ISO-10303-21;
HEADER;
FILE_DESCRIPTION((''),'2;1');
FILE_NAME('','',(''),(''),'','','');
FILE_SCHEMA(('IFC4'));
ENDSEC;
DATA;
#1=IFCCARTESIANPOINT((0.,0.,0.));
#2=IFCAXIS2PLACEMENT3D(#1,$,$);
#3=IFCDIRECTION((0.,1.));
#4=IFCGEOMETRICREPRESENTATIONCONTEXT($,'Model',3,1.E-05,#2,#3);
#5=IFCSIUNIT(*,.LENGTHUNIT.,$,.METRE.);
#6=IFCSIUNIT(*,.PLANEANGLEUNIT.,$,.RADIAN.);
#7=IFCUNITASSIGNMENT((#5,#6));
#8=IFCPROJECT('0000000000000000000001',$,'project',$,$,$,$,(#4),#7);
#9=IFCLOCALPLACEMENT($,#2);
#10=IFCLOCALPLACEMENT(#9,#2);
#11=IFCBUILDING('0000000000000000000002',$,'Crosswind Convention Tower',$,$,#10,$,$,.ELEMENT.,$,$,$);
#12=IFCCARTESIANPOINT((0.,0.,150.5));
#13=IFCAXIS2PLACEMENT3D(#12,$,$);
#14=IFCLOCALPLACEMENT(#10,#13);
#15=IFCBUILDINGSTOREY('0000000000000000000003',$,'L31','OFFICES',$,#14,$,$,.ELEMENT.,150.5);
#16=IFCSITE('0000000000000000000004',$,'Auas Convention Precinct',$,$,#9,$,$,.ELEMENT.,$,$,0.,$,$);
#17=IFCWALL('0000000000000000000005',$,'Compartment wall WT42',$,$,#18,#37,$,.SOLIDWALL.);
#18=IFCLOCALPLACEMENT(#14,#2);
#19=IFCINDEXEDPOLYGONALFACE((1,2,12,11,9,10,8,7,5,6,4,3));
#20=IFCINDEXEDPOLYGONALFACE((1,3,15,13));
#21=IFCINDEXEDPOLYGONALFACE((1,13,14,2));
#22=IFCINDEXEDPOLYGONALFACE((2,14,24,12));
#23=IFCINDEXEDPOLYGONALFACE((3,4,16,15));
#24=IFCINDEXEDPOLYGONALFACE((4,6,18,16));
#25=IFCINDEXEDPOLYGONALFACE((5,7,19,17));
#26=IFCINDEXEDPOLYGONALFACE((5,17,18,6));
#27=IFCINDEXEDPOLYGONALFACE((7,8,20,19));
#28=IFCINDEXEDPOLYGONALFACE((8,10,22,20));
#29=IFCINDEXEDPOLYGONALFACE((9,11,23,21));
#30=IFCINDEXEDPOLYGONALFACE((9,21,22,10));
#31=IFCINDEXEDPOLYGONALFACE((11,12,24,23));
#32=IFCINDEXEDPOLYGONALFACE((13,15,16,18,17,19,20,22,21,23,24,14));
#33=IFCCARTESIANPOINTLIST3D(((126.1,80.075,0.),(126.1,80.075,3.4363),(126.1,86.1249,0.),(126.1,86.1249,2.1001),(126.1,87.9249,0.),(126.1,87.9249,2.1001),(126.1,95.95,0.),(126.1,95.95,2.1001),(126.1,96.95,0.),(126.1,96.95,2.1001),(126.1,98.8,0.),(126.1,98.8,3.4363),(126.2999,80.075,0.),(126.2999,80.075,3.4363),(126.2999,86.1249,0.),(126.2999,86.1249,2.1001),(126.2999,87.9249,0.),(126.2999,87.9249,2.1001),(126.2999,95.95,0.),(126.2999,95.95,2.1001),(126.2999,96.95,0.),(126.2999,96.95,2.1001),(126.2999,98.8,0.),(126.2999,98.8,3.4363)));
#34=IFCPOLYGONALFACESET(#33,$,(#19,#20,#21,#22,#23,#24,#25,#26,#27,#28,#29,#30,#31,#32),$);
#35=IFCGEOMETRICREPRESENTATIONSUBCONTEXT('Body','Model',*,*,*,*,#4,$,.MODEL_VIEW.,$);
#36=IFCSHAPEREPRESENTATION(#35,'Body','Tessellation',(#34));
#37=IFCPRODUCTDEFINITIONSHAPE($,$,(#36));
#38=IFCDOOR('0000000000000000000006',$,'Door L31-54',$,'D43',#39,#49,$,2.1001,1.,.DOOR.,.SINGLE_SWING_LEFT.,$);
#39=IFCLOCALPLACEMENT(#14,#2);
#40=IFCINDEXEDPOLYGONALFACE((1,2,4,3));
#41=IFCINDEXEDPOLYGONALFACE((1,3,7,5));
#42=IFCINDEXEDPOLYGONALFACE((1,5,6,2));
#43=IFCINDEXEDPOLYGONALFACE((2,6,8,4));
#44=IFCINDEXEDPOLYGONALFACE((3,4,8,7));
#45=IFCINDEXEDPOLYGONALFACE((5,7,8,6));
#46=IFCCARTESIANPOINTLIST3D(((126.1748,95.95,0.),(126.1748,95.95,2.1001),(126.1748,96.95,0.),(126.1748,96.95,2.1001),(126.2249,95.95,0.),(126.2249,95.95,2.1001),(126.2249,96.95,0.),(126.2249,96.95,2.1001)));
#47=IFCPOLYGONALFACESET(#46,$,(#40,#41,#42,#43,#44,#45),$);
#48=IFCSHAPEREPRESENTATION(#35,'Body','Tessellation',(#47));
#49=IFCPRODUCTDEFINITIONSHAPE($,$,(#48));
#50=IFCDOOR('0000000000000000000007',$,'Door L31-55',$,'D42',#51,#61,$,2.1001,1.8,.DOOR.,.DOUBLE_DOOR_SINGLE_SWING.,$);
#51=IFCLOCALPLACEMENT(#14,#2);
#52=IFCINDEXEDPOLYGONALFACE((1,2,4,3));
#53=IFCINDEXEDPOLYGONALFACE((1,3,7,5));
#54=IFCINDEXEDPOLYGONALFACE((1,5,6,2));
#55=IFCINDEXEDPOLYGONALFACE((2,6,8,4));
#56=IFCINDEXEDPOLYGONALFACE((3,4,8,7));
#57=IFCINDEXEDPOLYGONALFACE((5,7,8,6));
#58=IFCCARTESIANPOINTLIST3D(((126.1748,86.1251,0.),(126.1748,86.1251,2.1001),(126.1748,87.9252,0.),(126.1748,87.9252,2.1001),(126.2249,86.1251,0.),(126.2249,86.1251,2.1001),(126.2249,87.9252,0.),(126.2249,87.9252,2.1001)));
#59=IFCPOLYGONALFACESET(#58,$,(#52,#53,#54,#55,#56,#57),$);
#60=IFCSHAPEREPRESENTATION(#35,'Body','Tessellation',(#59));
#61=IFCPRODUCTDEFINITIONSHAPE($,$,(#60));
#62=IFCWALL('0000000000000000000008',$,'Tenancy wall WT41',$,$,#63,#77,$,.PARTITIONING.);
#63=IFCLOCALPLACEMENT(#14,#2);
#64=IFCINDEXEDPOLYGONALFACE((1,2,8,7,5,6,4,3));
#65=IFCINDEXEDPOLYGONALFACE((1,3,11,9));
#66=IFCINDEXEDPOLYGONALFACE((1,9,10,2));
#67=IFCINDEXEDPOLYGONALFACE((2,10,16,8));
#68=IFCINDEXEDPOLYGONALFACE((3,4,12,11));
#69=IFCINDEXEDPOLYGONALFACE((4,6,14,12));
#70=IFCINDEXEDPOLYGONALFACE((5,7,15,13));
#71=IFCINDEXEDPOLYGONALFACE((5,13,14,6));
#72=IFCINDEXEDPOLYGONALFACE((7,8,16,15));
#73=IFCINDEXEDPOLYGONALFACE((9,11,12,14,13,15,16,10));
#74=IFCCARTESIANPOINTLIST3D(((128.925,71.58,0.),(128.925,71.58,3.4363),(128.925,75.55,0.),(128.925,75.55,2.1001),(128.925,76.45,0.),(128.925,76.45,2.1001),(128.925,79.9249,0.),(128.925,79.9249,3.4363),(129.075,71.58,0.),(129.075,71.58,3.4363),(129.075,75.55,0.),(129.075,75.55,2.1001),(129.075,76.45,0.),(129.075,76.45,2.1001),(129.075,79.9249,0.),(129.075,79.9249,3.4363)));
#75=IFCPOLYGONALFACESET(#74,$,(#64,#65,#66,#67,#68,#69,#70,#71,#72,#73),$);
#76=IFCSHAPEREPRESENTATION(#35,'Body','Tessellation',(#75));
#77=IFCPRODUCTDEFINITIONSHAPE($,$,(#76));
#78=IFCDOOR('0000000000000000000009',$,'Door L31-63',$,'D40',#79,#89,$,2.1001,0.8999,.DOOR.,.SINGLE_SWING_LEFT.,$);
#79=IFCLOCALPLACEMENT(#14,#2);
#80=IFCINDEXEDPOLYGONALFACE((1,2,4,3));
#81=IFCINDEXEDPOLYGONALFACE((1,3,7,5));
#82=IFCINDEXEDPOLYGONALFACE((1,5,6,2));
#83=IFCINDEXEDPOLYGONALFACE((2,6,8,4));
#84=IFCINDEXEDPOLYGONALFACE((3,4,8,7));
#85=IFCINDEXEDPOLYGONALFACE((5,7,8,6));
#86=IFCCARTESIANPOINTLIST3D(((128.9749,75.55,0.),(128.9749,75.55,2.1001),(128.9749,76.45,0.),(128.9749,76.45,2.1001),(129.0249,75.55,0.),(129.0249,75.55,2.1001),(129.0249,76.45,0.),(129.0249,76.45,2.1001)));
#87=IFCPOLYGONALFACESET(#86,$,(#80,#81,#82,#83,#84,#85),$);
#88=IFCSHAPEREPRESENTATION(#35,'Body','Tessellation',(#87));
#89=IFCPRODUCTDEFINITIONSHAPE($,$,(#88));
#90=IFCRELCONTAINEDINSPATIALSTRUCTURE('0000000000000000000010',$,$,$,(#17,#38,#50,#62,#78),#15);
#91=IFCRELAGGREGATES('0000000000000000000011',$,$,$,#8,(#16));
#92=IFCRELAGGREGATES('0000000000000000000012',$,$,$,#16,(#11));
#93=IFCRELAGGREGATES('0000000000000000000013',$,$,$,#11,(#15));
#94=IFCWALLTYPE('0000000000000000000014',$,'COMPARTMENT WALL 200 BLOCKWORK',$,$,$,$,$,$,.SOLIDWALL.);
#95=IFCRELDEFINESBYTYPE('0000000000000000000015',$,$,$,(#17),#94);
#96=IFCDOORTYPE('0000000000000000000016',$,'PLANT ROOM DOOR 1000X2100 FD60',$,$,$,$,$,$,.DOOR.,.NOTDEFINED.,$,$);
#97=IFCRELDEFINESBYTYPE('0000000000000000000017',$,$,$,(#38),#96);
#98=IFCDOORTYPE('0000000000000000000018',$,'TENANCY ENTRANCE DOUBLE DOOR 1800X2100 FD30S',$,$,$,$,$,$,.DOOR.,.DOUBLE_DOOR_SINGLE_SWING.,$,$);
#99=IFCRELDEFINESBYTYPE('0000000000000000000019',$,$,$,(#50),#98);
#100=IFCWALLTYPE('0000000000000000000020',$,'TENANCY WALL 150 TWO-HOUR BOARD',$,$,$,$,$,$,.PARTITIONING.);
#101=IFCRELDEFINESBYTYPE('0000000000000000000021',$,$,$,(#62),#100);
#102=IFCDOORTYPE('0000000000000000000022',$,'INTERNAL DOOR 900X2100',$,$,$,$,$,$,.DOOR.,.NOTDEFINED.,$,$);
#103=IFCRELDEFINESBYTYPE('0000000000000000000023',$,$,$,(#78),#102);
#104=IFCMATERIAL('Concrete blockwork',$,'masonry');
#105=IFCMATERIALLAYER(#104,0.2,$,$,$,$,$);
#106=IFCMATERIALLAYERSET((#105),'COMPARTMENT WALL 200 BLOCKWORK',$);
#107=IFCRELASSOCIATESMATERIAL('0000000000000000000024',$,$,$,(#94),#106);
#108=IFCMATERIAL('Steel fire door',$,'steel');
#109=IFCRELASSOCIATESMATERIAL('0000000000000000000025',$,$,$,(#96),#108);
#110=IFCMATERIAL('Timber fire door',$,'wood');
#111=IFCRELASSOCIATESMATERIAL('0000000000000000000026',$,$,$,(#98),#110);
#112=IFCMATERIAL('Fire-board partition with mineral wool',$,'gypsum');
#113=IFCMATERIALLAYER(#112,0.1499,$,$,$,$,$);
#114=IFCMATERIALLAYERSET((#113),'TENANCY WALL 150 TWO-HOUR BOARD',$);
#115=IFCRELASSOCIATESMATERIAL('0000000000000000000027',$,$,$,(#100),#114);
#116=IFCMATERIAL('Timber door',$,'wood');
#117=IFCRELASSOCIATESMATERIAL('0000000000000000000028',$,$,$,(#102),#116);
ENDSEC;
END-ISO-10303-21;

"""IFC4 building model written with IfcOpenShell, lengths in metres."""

from ifc_helpers import new_model, si_unit, direction, frame, frame_2d, origin, place, context, subcontext, project, spatial, rectangle, extrude, material, layer, layer_set, type_object, element, fill, save


model = new_model("IFC4")

# Units and contexts
model_context = context("Model", 3, precision=1e-05, world=origin(), true_north=direction((0.0, 1.0)))
body_context = subcontext(model_context, "Body", "Model", "MODEL_VIEW")
ifc_project = project(units=[si_unit("LENGTHUNIT", "METRE"), si_unit("PLANEANGLEUNIT", "RADIAN")], contexts=[model_context])

# Site, building, storey
site_placement = place(None, origin())
site = spatial("IfcSite", under=ifc_project, at=site_placement, Name="Auas Convention Precinct", CompositionType="ELEMENT", RefElevation=0.0)
building_placement = place(site_placement, origin())
building = spatial("IfcBuilding", under=site, at=building_placement, Name="Crosswind Convention Tower", CompositionType="ELEMENT")
storey_placement = place(building_placement, frame((0.0, 0.0, 150.5)))
storey = spatial("IfcBuildingStorey", under=building, at=storey_placement, Name="L31", Description="OFFICES", CompositionType="ELEMENT", Elevation=150.5)

# Wall, openings, doors
ifc_material_1 = material(Name="Concrete blockwork", Category="masonry")
ifc_layer_1 = layer(ifc_material_1, 0.2)
ifc_layer_set_1 = layer_set([ifc_layer_1], Name="COMPARTMENT WALL 200 BLOCKWORK")
wall_type_1 = type_object("IfcWallType", Name="COMPARTMENT WALL 200 BLOCKWORK", PredefinedType="SOLIDWALL", material=ifc_layer_set_1)
ifc_material_2 = material(Name="Steel fire door", Category="steel")
door_type_1 = type_object("IfcDoorType", Name="PLANT ROOM DOOR 1000X2100 FD60", OperationType="NOTDEFINED", PredefinedType="DOOR", material=ifc_material_2)
ifc_material_3 = material(Name="Timber fire door", Category="wood")
wall_1_placement = place(storey_placement, frame((126.2, 80.075, 0.0), z_axis=(0.0, 0.0, 1.0), x_axis=(0.0, 1.0, 0.0)))
wall_1 = element("IfcWall", 1, at=wall_1_placement, inside=storey, type_object=wall_type_1, Name="Compartment wall WT42", PredefinedType="SOLIDWALL", context=body_context, shape_type="SweptSolid", body=[
    extrude(rectangle(XDim=18.7251, YDim=0.2, at=frame_2d((9.3625, 0.0))), origin(), (0.0, 0.0, 1.0), 3.4363),
])
opening_1_placement = place(wall_1_placement, frame((15.875, 0.0, 0.0)))
opening_1 = element("IfcOpeningElement", 2, at=opening_1_placement, cuts=wall_1, PredefinedType="OPENING", context=body_context, shape_type="SweptSolid", body=[
    extrude(rectangle(XDim=1.0, YDim=2.1001, at=frame_2d((0.5, 1.05))), frame((0.0, 0.1099, 0.0), z_axis=(0.0, -1.0, 0.0), x_axis=(1.0, 0.0, 0.0)), (0.0, 0.0, 1.0), 0.22),
])
opening_2_placement = place(wall_1_placement, frame((6.05, 0.0, 0.0)))
opening_2 = element("IfcOpeningElement", 3, at=opening_2_placement, cuts=wall_1, PredefinedType="OPENING", context=body_context, shape_type="SweptSolid", body=[
    extrude(rectangle(XDim=1.8, YDim=2.1001, at=frame_2d((0.8999, 1.05))), frame((0.0, 0.1099, 0.0), z_axis=(0.0, -1.0, 0.0), x_axis=(1.0, 0.0, 0.0)), (0.0, 0.0, 1.0), 0.22),
])
door_1_placement = place(opening_1_placement, frame((1.0, 0.0, 0.0), z_axis=(0.0, 0.0, 1.0), x_axis=(-1.0, 0.0, 0.0)))
door_1 = element("IfcDoor", 4, at=door_1_placement, inside=storey, type_object=door_type_1, Name="Door L31-54", ObjectType="D43", OperationType="SINGLE_SWING_LEFT", OverallHeight=2.1001, OverallWidth=1.0, PredefinedType="DOOR", context=body_context, shape_type="SweptSolid", body=[
    extrude(rectangle(XDim=1.0, YDim=2.1001, at=frame_2d((0.5, 1.05))), frame((0.0, 0.0249, 0.0), z_axis=(0.0, -1.0, 0.0), x_axis=(1.0, 0.0, 0.0)), (0.0, 0.0, 1.0), 0.05),
])
fill(opening_1, door_1)
door_type_2 = type_object("IfcDoorType", Name="TENANCY ENTRANCE DOUBLE DOOR 1800X2100 FD30S", OperationType="DOUBLE_DOOR_SINGLE_SWING", PredefinedType="DOOR", material=ifc_material_3)
door_2_placement = place(opening_2_placement, frame((1.8, 0.0, 0.0), z_axis=(0.0, 0.0, 1.0), x_axis=(-1.0, 0.0, 0.0)))
door_2 = element("IfcDoor", 5, at=door_2_placement, inside=storey, type_object=door_type_2, Name="Door L31-55", ObjectType="D42", OperationType="DOUBLE_DOOR_SINGLE_SWING", OverallHeight=2.1001, OverallWidth=1.8, PredefinedType="DOOR", context=body_context, shape_type="SweptSolid", body=[
    extrude(rectangle(XDim=1.8, YDim=2.1001, at=frame_2d((0.8999, 1.05))), frame((0.0, 0.0249, 0.0), z_axis=(0.0, -1.0, 0.0), x_axis=(1.0, 0.0, 0.0)), (0.0, 0.0, 1.0), 0.05),
])
fill(opening_2, door_2)

# Wall, opening, door
ifc_material_4 = material(Name="Fire-board partition with mineral wool", Category="gypsum")
ifc_layer_2 = layer(ifc_material_4, 0.1499)
ifc_layer_set_2 = layer_set([ifc_layer_2], Name="TENANCY WALL 150 TWO-HOUR BOARD")
wall_type_2 = type_object("IfcWallType", Name="TENANCY WALL 150 TWO-HOUR BOARD", PredefinedType="PARTITIONING", material=ifc_layer_set_2)
wall_2_placement = place(storey_placement, frame((129.0, 71.5801, 0.0), z_axis=(0.0, 0.0, 1.0), x_axis=(0.0, 1.0, 0.0)))
wall_2 = element("IfcWall", 6, at=wall_2_placement, inside=storey, type_object=wall_type_2, Name="Tenancy wall WT41", PredefinedType="PARTITIONING", context=body_context, shape_type="SweptSolid", body=[
    extrude(rectangle(XDim=8.345, YDim=0.1499, at=frame_2d((4.1724, 0.0))), origin(), (0.0, 0.0, 1.0), 3.4363),
])
opening_3_placement = place(wall_2_placement, frame((3.97, 0.0, 0.0)))
opening_3 = element("IfcOpeningElement", 7, at=opening_3_placement, cuts=wall_2, PredefinedType="OPENING", context=body_context, shape_type="SweptSolid", body=[
    extrude(rectangle(XDim=0.8999, YDim=2.1001, at=frame_2d((0.45, 1.05))), frame((0.0, 0.085, 0.0), z_axis=(0.0, -1.0, 0.0), x_axis=(1.0, 0.0, 0.0)), (0.0, 0.0, 1.0), 0.1699),
])
ifc_material_5 = material(Name="Timber door", Category="wood")
door_type_3 = type_object("IfcDoorType", Name="INTERNAL DOOR 900X2100", OperationType="NOTDEFINED", PredefinedType="DOOR", material=ifc_material_5)
door_3_placement = place(opening_3_placement, frame((0.8999, 0.0, 0.0), z_axis=(0.0, 0.0, 1.0), x_axis=(-1.0, 0.0, 0.0)))
door_3 = element("IfcDoor", 8, at=door_3_placement, inside=storey, type_object=door_type_3, Name="Door L31-63", ObjectType="D40", OperationType="SINGLE_SWING_LEFT", OverallHeight=2.1001, OverallWidth=0.8999, PredefinedType="DOOR", context=body_context, shape_type="SweptSolid", body=[
    extrude(rectangle(XDim=0.8999, YDim=2.1001, at=frame_2d((0.45, 1.05))), frame((0.0, 0.0249, 0.0), z_axis=(0.0, -1.0, 0.0), x_axis=(1.0, 0.0, 0.0)), (0.0, 0.0, 1.0), 0.05),
])
fill(opening_3, door_3)

save(model, "model.ifc")
